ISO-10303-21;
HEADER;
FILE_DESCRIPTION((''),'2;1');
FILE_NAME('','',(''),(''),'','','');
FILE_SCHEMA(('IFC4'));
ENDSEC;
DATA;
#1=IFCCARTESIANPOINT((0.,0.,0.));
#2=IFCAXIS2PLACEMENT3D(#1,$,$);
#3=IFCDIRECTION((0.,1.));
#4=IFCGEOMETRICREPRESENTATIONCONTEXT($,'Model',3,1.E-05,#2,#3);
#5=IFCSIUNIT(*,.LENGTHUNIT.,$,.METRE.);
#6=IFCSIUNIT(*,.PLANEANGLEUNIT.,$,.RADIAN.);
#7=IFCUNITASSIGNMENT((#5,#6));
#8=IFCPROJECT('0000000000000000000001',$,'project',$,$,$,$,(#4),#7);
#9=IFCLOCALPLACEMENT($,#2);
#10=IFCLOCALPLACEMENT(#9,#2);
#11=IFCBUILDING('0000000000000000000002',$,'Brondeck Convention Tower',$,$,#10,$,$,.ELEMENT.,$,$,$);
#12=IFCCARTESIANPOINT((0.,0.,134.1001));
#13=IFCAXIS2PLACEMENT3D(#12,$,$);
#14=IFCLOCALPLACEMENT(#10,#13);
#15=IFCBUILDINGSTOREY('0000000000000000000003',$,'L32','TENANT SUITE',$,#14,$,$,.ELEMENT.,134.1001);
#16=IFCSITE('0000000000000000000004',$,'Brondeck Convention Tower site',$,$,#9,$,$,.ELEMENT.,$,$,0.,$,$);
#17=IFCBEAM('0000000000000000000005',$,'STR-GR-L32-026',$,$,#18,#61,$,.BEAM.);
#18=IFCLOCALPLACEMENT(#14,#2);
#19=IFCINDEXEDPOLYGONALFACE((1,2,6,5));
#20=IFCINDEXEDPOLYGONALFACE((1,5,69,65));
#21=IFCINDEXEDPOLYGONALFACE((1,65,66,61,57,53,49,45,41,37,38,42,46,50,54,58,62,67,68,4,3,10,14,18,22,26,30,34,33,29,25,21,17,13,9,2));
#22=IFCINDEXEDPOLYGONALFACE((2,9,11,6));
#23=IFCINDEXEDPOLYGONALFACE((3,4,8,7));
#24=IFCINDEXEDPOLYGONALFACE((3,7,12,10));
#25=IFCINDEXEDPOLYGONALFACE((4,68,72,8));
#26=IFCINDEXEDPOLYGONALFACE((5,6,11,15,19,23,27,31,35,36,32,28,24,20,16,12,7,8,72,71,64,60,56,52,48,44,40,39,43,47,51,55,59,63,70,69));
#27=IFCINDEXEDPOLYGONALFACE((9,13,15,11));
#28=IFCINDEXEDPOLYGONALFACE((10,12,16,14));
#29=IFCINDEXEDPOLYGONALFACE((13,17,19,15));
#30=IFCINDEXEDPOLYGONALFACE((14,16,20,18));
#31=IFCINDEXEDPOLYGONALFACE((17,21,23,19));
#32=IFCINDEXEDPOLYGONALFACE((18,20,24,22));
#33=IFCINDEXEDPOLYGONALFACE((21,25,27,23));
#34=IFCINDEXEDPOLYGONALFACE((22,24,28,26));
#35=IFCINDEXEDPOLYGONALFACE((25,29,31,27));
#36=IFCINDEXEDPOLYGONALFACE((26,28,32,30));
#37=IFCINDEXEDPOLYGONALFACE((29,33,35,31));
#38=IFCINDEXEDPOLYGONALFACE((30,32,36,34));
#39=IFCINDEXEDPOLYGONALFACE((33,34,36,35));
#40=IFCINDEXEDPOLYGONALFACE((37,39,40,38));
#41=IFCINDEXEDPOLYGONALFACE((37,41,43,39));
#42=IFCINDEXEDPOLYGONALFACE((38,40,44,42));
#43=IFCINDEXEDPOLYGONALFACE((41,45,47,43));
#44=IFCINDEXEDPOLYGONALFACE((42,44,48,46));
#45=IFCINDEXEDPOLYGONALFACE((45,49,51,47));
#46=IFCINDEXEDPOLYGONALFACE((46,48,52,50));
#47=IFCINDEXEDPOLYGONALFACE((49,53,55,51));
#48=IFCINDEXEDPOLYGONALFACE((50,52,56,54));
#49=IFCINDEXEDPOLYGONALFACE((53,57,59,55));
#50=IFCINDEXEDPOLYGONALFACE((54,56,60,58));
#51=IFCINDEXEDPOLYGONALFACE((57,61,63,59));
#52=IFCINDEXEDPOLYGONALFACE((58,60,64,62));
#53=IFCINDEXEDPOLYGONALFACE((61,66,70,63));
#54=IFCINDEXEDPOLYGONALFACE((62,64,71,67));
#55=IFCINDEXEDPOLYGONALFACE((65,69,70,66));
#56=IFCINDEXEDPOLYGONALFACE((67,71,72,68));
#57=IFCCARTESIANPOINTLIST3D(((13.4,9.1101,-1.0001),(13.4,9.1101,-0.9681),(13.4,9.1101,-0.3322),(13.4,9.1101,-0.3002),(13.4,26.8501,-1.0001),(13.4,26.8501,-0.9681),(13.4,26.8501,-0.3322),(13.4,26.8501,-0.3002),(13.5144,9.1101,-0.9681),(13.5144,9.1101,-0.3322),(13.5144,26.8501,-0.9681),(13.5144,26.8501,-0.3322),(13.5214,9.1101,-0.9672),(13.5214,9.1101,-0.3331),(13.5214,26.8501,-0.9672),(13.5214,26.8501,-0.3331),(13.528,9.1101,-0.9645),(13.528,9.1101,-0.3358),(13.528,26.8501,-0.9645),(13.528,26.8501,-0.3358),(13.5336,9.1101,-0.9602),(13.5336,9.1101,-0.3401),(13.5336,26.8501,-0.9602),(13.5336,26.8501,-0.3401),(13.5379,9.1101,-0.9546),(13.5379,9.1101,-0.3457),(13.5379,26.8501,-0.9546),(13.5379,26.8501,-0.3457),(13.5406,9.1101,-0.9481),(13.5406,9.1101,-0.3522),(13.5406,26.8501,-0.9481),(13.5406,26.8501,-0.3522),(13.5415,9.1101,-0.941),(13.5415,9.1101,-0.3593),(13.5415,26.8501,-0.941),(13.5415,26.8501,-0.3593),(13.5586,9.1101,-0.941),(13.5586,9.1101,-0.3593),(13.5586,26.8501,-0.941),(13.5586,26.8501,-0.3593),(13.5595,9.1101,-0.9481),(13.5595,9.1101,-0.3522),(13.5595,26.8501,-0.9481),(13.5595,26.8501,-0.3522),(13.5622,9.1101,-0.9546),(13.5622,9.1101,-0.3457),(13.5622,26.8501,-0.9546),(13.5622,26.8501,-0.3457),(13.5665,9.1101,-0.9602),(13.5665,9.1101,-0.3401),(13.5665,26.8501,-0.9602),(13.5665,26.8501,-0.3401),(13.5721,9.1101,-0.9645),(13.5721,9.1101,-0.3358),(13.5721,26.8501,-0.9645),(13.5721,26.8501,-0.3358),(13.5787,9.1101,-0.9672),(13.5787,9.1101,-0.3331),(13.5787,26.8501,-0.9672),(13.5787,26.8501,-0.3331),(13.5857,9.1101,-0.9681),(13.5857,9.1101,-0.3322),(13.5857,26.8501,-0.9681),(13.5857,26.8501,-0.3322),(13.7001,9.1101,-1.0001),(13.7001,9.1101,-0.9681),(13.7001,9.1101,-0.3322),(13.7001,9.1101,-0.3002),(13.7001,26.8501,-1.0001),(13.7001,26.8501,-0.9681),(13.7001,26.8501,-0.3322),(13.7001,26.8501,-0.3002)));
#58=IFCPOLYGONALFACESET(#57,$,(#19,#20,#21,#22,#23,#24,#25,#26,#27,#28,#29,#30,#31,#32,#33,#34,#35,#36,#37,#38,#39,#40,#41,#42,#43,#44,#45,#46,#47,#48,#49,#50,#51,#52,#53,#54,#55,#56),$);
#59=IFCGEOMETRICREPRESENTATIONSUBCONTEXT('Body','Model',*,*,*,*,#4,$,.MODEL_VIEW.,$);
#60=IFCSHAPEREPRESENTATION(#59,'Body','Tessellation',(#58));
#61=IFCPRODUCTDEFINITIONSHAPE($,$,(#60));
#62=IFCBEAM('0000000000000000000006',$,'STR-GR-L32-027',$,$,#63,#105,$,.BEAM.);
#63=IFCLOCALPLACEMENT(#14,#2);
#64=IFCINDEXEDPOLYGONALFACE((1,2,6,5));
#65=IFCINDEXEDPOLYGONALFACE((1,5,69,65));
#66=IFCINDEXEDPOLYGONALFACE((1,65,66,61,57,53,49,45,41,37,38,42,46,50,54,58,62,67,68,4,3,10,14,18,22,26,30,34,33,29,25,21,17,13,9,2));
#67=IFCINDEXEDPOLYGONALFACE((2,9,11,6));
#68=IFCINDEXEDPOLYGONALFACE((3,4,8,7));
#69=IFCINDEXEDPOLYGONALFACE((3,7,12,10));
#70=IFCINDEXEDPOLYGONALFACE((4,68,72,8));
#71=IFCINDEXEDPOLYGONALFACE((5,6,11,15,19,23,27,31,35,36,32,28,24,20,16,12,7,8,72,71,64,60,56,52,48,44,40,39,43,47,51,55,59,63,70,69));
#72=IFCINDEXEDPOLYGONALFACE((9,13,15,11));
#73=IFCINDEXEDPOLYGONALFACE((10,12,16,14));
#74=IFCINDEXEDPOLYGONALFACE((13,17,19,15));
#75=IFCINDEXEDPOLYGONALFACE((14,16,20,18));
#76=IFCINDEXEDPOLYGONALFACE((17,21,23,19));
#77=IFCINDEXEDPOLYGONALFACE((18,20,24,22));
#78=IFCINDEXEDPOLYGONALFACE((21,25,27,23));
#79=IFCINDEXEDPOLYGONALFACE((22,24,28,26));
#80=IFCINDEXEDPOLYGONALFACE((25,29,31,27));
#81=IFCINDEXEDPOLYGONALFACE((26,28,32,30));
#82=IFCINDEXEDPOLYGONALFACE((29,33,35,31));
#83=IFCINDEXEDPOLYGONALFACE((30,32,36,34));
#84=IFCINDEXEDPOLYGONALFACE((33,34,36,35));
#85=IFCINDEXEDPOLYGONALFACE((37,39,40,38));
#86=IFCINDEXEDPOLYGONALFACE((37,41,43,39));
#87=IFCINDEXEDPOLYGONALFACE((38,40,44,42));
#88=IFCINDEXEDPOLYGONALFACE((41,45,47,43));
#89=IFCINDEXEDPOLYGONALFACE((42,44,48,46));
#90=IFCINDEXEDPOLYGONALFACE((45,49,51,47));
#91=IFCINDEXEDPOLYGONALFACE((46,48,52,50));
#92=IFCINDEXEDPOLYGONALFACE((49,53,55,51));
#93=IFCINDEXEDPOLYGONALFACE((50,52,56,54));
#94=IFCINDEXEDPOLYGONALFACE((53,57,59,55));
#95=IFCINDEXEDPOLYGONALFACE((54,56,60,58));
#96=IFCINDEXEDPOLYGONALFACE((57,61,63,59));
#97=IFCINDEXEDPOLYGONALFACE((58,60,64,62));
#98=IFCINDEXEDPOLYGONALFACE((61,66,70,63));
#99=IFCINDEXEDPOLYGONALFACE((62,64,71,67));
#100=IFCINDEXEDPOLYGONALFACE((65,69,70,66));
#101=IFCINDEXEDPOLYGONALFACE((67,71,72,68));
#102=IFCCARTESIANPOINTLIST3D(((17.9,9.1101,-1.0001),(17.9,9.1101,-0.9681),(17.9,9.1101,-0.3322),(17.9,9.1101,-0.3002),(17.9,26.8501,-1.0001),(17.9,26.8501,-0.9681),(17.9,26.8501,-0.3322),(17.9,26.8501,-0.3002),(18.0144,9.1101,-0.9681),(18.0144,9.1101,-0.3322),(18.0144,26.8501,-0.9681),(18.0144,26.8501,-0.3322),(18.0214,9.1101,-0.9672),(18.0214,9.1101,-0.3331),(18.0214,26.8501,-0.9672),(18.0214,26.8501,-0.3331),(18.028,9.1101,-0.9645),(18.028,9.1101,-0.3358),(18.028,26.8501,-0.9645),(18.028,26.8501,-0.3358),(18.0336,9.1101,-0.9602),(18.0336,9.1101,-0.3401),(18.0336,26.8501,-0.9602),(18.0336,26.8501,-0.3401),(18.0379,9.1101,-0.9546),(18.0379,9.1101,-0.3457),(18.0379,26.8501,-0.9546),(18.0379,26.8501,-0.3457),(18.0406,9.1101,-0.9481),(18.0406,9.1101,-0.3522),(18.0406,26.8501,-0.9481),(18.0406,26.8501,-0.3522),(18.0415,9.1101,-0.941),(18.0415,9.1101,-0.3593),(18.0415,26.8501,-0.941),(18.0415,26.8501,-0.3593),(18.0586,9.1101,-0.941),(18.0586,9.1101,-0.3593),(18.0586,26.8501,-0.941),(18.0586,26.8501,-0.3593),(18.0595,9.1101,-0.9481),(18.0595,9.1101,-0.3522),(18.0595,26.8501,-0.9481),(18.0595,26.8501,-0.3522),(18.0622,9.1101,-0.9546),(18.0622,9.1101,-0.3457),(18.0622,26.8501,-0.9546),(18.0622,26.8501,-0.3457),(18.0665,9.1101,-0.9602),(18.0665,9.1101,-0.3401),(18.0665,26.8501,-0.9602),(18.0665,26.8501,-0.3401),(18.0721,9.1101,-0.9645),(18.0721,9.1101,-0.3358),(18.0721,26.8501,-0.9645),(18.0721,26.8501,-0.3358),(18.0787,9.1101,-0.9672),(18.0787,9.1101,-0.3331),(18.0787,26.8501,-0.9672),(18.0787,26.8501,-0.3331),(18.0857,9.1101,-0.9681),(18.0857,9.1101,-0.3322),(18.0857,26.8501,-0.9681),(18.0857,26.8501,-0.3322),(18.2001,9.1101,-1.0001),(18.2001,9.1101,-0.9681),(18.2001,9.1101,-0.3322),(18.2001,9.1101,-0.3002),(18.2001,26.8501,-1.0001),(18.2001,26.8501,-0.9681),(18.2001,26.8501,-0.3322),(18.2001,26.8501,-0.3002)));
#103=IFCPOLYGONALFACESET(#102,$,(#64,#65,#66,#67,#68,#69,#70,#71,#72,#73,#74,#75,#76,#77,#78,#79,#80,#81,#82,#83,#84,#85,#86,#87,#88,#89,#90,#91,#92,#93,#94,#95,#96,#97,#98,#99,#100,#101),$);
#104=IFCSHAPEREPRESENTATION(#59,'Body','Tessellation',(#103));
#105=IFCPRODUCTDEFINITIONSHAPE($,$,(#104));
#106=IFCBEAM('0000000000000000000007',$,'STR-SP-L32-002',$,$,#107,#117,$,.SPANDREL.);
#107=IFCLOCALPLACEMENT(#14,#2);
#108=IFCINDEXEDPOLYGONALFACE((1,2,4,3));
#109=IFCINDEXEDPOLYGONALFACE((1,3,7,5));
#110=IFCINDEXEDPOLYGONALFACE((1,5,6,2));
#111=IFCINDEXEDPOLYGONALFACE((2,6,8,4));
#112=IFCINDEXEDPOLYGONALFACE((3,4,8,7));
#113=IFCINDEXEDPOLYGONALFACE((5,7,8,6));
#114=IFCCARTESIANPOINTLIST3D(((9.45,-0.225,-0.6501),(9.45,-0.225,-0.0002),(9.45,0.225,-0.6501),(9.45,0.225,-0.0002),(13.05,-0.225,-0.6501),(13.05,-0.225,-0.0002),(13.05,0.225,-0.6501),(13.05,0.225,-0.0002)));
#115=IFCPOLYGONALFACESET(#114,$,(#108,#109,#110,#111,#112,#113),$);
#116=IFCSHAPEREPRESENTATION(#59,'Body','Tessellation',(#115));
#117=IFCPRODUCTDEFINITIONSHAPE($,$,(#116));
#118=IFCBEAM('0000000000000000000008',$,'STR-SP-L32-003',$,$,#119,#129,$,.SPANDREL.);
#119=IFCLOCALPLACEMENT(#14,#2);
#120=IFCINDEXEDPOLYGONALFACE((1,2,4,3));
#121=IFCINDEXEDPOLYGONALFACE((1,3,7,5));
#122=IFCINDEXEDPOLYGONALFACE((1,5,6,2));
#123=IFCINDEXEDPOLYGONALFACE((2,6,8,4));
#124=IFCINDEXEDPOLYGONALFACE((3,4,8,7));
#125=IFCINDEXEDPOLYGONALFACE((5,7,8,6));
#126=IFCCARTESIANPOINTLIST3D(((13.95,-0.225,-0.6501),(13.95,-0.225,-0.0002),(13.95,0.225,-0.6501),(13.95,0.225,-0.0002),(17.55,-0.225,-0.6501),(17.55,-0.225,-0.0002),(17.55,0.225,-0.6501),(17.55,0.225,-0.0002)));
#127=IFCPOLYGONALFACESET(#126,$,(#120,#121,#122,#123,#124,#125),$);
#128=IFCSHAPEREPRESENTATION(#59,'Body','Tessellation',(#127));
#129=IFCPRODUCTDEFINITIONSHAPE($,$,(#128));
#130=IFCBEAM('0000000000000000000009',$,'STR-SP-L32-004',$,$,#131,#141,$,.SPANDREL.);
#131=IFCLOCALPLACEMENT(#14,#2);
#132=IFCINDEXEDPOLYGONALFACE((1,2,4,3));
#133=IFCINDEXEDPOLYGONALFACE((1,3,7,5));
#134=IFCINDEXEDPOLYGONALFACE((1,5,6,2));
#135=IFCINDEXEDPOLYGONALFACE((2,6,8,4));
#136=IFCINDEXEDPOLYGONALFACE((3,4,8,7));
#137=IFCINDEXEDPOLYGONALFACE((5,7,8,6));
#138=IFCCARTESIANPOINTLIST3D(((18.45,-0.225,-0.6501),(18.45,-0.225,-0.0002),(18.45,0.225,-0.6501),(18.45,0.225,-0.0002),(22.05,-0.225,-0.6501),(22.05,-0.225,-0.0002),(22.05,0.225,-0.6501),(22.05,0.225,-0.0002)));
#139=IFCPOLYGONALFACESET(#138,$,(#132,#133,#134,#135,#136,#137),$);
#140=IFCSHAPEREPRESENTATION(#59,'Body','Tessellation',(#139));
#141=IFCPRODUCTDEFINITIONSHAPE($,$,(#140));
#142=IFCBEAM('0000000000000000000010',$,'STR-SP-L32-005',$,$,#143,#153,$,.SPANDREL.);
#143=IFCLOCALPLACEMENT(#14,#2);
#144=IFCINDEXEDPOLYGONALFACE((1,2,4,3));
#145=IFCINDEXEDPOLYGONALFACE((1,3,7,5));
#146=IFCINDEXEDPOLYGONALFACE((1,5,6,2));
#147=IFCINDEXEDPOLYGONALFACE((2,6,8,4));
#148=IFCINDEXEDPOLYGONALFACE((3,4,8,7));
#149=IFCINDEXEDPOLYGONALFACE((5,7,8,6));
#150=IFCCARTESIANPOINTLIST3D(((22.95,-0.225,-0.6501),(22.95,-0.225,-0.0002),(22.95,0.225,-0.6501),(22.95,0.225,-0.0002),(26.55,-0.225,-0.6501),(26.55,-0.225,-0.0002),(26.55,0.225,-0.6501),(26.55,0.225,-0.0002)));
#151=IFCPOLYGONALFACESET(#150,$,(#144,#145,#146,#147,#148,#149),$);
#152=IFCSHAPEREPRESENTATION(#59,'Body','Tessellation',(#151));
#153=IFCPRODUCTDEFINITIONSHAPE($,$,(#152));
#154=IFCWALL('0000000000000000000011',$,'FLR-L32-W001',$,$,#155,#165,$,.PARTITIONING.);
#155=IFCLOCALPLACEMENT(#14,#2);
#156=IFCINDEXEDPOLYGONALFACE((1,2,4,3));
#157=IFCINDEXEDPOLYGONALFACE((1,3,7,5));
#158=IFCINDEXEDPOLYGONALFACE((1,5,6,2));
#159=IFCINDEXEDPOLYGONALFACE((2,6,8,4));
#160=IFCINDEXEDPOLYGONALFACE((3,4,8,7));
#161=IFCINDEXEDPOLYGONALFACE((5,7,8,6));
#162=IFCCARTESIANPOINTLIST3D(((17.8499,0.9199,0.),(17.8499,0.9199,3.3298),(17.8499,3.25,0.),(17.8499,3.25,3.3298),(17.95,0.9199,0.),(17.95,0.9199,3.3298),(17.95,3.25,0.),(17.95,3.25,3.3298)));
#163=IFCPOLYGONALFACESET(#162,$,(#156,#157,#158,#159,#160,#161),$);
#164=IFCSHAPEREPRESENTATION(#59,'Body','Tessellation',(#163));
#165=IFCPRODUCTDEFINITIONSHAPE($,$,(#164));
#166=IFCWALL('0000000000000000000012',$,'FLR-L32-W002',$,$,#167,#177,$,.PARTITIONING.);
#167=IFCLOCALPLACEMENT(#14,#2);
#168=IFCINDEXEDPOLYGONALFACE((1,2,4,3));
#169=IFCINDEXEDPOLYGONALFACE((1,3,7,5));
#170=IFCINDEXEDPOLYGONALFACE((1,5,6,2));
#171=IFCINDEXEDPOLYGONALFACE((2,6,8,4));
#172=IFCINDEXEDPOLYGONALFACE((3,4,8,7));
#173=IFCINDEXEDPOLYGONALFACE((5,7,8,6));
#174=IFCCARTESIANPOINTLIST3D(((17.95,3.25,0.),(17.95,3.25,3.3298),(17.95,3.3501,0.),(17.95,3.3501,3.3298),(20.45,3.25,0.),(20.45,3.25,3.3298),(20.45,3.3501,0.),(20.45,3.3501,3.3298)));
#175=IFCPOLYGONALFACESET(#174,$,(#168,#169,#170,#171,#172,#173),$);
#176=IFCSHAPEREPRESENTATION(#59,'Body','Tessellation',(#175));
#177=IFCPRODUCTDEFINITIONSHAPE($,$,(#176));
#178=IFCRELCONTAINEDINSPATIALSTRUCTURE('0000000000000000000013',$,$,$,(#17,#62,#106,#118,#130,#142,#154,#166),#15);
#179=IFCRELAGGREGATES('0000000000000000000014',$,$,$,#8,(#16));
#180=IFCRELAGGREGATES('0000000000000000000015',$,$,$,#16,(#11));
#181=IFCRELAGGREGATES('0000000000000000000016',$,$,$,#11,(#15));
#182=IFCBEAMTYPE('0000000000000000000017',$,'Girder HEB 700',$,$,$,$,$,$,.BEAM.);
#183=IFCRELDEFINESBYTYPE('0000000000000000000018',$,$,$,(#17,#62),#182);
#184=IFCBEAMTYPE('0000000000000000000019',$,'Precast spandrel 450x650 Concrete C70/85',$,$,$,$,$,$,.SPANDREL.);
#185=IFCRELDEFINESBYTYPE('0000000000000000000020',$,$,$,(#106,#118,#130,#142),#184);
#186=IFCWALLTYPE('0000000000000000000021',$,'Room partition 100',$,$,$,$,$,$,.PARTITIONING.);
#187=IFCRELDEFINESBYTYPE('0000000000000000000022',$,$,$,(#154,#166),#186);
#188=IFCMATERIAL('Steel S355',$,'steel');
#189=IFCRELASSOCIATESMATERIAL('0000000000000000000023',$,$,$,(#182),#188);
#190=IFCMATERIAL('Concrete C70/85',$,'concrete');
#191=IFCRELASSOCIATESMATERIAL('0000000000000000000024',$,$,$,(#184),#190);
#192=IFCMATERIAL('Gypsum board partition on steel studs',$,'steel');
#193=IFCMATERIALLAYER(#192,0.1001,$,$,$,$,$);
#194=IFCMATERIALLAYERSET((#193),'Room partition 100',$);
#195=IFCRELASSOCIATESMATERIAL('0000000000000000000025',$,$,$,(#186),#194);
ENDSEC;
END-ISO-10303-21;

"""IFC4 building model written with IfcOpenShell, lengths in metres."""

from ifc_helpers import new_model, si_unit, direction, frame, frame_2d, origin, origin_2d, place, context, subcontext, project, spatial, rectangle, i_section, extrude, material, layer, layer_set, material_profile, profile_set, type_object, element, save


model = new_model("IFC4")

# Units and contexts
model_context = context("Model", 3, precision=1e-05, world=origin(), true_north=direction((0.0, 1.0)))
body_context = subcontext(model_context, "Body", "Model", "MODEL_VIEW")
ifc_project = project(units=[si_unit("LENGTHUNIT", "METRE"), si_unit("PLANEANGLEUNIT", "RADIAN")], contexts=[model_context])

# Site, building, storey
site_placement = place(None, origin())
site = spatial("IfcSite", under=ifc_project, at=site_placement, Name="Brondeck Convention Tower site", CompositionType="ELEMENT", RefElevation=0.0)
building_placement = place(site_placement, origin())
building = spatial("IfcBuilding", under=site, at=building_placement, Name="Brondeck Convention Tower", CompositionType="ELEMENT")
storey_placement = place(building_placement, frame((0.0, 0.0, 134.1001)))
storey = spatial("IfcBuildingStorey", under=building, at=storey_placement, Name="L32", Description="TENANT SUITE", CompositionType="ELEMENT", Elevation=134.1001)

# Shared definitions
ifc_material_1 = material(Name="Concrete C70/85", Category="concrete")

# Beams
ifc_material_2 = material(Name="Steel S355", Category="steel")
ifc_material_profile_1 = material_profile(ifc_material_2, i_section(OverallWidth=0.3, OverallDepth=0.7, WebThickness=0.0171, FlangeThickness=0.032, FilletRadius=0.0271, at=origin_2d()), Name="HEB 700")
ifc_profile_set_1 = profile_set([ifc_material_profile_1], Name="Steel S355")
beam_type_1 = type_object("IfcBeamType", Name="Girder HEB 700", PredefinedType="BEAM", material=ifc_profile_set_1)
for number, where, z_axis, x_axis, name in (
    (1, (13.55, 9.1101, -0.6501), (0.0, 1.0, 0.0), (-1.0, 0.0, 0.0), "STR-GR-L32-026"),
    (2, (18.05, 9.1101, -0.6501), (0.0, 1.0, 0.0), (-1.0, 0.0, 0.0), "STR-GR-L32-027"),
):
    element("IfcBeam", number, at=place(storey_placement, frame(where, z_axis=z_axis, x_axis=x_axis)), inside=storey, type_object=beam_type_1, Name=name, PredefinedType="BEAM", context=body_context, shape_type="SweptSolid", body=[
        extrude(i_section(OverallWidth=0.3, OverallDepth=0.7, WebThickness=0.0171, FlangeThickness=0.032, FilletRadius=0.0271, at=origin_2d()), origin(), (0.0, 0.0, 1.0), 17.74),
    ])
ifc_material_profile_2 = material_profile(ifc_material_1, rectangle(XDim=0.45, YDim=0.6499, at=origin_2d()), Name="Precast spandrel 450x650 Concrete C70/85")
ifc_profile_set_2 = profile_set([ifc_material_profile_2], Name="Concrete C70/85")
beam_type_2 = type_object("IfcBeamType", Name="Precast spandrel 450x650 Concrete C70/85", PredefinedType="SPANDREL", material=ifc_profile_set_2)
for number, where, z_axis, x_axis, name in (
    (3, (9.45, 0.0, -0.3252), (1.0, 0.0, 0.0), (0.0, 1.0, 0.0), "STR-SP-L32-002"),
    (4, (13.95, 0.0, -0.3252), (1.0, 0.0, 0.0), (0.0, 1.0, 0.0), "STR-SP-L32-003"),
    (5, (18.45, 0.0, -0.3252), (1.0, 0.0, 0.0), (0.0, 1.0, 0.0), "STR-SP-L32-004"),
    (6, (22.95, 0.0, -0.3252), (1.0, 0.0, 0.0), (0.0, 1.0, 0.0), "STR-SP-L32-005"),
):
    element("IfcBeam", number, at=place(storey_placement, frame(where, z_axis=z_axis, x_axis=x_axis)), inside=storey, type_object=beam_type_2, Name=name, PredefinedType="SPANDREL", context=body_context, shape_type="SweptSolid", body=[
        extrude(rectangle(XDim=0.45, YDim=0.6499, at=origin_2d()), origin(), (0.0, 0.0, 1.0), 3.6001),
    ])

# Walls
ifc_material_3 = material(Name="Gypsum board partition on steel studs", Category="steel")
ifc_layer_1 = layer(ifc_material_3, 0.1001)
ifc_layer_set_1 = layer_set([ifc_layer_1], Name="Room partition 100")
wall_type_1 = type_object("IfcWallType", Name="Room partition 100", PredefinedType="PARTITIONING", material=ifc_layer_set_1)
wall_1_placement = place(storey_placement, frame((17.8999, 0.9199, 0.0), z_axis=(0.0, 0.0, 1.0), x_axis=(0.0, 1.0, 0.0)))
element("IfcWall", 7, at=wall_1_placement, inside=storey, type_object=wall_type_1, Name="FLR-L32-W001", PredefinedType="PARTITIONING", context=body_context, shape_type="SweptSolid", body=[
    extrude(rectangle(XDim=2.3301, YDim=0.1001, at=frame_2d((1.165, 0.0))), origin(), (0.0, 0.0, 1.0), 3.3298),
])
wall_2_placement = place(storey_placement, frame((20.45, 3.3, 0.0), z_axis=(0.0, 0.0, 1.0), x_axis=(-1.0, 0.0, 0.0)))
element("IfcWall", 8, at=wall_2_placement, inside=storey, type_object=wall_type_1, Name="FLR-L32-W002", PredefinedType="PARTITIONING", context=body_context, shape_type="SweptSolid", body=[
    extrude(rectangle(XDim=2.5, YDim=0.1001, at=frame_2d((1.25, 0.0))), origin(), (0.0, 0.0, 1.0), 3.3298),
])

save(model, "model.ifc")
